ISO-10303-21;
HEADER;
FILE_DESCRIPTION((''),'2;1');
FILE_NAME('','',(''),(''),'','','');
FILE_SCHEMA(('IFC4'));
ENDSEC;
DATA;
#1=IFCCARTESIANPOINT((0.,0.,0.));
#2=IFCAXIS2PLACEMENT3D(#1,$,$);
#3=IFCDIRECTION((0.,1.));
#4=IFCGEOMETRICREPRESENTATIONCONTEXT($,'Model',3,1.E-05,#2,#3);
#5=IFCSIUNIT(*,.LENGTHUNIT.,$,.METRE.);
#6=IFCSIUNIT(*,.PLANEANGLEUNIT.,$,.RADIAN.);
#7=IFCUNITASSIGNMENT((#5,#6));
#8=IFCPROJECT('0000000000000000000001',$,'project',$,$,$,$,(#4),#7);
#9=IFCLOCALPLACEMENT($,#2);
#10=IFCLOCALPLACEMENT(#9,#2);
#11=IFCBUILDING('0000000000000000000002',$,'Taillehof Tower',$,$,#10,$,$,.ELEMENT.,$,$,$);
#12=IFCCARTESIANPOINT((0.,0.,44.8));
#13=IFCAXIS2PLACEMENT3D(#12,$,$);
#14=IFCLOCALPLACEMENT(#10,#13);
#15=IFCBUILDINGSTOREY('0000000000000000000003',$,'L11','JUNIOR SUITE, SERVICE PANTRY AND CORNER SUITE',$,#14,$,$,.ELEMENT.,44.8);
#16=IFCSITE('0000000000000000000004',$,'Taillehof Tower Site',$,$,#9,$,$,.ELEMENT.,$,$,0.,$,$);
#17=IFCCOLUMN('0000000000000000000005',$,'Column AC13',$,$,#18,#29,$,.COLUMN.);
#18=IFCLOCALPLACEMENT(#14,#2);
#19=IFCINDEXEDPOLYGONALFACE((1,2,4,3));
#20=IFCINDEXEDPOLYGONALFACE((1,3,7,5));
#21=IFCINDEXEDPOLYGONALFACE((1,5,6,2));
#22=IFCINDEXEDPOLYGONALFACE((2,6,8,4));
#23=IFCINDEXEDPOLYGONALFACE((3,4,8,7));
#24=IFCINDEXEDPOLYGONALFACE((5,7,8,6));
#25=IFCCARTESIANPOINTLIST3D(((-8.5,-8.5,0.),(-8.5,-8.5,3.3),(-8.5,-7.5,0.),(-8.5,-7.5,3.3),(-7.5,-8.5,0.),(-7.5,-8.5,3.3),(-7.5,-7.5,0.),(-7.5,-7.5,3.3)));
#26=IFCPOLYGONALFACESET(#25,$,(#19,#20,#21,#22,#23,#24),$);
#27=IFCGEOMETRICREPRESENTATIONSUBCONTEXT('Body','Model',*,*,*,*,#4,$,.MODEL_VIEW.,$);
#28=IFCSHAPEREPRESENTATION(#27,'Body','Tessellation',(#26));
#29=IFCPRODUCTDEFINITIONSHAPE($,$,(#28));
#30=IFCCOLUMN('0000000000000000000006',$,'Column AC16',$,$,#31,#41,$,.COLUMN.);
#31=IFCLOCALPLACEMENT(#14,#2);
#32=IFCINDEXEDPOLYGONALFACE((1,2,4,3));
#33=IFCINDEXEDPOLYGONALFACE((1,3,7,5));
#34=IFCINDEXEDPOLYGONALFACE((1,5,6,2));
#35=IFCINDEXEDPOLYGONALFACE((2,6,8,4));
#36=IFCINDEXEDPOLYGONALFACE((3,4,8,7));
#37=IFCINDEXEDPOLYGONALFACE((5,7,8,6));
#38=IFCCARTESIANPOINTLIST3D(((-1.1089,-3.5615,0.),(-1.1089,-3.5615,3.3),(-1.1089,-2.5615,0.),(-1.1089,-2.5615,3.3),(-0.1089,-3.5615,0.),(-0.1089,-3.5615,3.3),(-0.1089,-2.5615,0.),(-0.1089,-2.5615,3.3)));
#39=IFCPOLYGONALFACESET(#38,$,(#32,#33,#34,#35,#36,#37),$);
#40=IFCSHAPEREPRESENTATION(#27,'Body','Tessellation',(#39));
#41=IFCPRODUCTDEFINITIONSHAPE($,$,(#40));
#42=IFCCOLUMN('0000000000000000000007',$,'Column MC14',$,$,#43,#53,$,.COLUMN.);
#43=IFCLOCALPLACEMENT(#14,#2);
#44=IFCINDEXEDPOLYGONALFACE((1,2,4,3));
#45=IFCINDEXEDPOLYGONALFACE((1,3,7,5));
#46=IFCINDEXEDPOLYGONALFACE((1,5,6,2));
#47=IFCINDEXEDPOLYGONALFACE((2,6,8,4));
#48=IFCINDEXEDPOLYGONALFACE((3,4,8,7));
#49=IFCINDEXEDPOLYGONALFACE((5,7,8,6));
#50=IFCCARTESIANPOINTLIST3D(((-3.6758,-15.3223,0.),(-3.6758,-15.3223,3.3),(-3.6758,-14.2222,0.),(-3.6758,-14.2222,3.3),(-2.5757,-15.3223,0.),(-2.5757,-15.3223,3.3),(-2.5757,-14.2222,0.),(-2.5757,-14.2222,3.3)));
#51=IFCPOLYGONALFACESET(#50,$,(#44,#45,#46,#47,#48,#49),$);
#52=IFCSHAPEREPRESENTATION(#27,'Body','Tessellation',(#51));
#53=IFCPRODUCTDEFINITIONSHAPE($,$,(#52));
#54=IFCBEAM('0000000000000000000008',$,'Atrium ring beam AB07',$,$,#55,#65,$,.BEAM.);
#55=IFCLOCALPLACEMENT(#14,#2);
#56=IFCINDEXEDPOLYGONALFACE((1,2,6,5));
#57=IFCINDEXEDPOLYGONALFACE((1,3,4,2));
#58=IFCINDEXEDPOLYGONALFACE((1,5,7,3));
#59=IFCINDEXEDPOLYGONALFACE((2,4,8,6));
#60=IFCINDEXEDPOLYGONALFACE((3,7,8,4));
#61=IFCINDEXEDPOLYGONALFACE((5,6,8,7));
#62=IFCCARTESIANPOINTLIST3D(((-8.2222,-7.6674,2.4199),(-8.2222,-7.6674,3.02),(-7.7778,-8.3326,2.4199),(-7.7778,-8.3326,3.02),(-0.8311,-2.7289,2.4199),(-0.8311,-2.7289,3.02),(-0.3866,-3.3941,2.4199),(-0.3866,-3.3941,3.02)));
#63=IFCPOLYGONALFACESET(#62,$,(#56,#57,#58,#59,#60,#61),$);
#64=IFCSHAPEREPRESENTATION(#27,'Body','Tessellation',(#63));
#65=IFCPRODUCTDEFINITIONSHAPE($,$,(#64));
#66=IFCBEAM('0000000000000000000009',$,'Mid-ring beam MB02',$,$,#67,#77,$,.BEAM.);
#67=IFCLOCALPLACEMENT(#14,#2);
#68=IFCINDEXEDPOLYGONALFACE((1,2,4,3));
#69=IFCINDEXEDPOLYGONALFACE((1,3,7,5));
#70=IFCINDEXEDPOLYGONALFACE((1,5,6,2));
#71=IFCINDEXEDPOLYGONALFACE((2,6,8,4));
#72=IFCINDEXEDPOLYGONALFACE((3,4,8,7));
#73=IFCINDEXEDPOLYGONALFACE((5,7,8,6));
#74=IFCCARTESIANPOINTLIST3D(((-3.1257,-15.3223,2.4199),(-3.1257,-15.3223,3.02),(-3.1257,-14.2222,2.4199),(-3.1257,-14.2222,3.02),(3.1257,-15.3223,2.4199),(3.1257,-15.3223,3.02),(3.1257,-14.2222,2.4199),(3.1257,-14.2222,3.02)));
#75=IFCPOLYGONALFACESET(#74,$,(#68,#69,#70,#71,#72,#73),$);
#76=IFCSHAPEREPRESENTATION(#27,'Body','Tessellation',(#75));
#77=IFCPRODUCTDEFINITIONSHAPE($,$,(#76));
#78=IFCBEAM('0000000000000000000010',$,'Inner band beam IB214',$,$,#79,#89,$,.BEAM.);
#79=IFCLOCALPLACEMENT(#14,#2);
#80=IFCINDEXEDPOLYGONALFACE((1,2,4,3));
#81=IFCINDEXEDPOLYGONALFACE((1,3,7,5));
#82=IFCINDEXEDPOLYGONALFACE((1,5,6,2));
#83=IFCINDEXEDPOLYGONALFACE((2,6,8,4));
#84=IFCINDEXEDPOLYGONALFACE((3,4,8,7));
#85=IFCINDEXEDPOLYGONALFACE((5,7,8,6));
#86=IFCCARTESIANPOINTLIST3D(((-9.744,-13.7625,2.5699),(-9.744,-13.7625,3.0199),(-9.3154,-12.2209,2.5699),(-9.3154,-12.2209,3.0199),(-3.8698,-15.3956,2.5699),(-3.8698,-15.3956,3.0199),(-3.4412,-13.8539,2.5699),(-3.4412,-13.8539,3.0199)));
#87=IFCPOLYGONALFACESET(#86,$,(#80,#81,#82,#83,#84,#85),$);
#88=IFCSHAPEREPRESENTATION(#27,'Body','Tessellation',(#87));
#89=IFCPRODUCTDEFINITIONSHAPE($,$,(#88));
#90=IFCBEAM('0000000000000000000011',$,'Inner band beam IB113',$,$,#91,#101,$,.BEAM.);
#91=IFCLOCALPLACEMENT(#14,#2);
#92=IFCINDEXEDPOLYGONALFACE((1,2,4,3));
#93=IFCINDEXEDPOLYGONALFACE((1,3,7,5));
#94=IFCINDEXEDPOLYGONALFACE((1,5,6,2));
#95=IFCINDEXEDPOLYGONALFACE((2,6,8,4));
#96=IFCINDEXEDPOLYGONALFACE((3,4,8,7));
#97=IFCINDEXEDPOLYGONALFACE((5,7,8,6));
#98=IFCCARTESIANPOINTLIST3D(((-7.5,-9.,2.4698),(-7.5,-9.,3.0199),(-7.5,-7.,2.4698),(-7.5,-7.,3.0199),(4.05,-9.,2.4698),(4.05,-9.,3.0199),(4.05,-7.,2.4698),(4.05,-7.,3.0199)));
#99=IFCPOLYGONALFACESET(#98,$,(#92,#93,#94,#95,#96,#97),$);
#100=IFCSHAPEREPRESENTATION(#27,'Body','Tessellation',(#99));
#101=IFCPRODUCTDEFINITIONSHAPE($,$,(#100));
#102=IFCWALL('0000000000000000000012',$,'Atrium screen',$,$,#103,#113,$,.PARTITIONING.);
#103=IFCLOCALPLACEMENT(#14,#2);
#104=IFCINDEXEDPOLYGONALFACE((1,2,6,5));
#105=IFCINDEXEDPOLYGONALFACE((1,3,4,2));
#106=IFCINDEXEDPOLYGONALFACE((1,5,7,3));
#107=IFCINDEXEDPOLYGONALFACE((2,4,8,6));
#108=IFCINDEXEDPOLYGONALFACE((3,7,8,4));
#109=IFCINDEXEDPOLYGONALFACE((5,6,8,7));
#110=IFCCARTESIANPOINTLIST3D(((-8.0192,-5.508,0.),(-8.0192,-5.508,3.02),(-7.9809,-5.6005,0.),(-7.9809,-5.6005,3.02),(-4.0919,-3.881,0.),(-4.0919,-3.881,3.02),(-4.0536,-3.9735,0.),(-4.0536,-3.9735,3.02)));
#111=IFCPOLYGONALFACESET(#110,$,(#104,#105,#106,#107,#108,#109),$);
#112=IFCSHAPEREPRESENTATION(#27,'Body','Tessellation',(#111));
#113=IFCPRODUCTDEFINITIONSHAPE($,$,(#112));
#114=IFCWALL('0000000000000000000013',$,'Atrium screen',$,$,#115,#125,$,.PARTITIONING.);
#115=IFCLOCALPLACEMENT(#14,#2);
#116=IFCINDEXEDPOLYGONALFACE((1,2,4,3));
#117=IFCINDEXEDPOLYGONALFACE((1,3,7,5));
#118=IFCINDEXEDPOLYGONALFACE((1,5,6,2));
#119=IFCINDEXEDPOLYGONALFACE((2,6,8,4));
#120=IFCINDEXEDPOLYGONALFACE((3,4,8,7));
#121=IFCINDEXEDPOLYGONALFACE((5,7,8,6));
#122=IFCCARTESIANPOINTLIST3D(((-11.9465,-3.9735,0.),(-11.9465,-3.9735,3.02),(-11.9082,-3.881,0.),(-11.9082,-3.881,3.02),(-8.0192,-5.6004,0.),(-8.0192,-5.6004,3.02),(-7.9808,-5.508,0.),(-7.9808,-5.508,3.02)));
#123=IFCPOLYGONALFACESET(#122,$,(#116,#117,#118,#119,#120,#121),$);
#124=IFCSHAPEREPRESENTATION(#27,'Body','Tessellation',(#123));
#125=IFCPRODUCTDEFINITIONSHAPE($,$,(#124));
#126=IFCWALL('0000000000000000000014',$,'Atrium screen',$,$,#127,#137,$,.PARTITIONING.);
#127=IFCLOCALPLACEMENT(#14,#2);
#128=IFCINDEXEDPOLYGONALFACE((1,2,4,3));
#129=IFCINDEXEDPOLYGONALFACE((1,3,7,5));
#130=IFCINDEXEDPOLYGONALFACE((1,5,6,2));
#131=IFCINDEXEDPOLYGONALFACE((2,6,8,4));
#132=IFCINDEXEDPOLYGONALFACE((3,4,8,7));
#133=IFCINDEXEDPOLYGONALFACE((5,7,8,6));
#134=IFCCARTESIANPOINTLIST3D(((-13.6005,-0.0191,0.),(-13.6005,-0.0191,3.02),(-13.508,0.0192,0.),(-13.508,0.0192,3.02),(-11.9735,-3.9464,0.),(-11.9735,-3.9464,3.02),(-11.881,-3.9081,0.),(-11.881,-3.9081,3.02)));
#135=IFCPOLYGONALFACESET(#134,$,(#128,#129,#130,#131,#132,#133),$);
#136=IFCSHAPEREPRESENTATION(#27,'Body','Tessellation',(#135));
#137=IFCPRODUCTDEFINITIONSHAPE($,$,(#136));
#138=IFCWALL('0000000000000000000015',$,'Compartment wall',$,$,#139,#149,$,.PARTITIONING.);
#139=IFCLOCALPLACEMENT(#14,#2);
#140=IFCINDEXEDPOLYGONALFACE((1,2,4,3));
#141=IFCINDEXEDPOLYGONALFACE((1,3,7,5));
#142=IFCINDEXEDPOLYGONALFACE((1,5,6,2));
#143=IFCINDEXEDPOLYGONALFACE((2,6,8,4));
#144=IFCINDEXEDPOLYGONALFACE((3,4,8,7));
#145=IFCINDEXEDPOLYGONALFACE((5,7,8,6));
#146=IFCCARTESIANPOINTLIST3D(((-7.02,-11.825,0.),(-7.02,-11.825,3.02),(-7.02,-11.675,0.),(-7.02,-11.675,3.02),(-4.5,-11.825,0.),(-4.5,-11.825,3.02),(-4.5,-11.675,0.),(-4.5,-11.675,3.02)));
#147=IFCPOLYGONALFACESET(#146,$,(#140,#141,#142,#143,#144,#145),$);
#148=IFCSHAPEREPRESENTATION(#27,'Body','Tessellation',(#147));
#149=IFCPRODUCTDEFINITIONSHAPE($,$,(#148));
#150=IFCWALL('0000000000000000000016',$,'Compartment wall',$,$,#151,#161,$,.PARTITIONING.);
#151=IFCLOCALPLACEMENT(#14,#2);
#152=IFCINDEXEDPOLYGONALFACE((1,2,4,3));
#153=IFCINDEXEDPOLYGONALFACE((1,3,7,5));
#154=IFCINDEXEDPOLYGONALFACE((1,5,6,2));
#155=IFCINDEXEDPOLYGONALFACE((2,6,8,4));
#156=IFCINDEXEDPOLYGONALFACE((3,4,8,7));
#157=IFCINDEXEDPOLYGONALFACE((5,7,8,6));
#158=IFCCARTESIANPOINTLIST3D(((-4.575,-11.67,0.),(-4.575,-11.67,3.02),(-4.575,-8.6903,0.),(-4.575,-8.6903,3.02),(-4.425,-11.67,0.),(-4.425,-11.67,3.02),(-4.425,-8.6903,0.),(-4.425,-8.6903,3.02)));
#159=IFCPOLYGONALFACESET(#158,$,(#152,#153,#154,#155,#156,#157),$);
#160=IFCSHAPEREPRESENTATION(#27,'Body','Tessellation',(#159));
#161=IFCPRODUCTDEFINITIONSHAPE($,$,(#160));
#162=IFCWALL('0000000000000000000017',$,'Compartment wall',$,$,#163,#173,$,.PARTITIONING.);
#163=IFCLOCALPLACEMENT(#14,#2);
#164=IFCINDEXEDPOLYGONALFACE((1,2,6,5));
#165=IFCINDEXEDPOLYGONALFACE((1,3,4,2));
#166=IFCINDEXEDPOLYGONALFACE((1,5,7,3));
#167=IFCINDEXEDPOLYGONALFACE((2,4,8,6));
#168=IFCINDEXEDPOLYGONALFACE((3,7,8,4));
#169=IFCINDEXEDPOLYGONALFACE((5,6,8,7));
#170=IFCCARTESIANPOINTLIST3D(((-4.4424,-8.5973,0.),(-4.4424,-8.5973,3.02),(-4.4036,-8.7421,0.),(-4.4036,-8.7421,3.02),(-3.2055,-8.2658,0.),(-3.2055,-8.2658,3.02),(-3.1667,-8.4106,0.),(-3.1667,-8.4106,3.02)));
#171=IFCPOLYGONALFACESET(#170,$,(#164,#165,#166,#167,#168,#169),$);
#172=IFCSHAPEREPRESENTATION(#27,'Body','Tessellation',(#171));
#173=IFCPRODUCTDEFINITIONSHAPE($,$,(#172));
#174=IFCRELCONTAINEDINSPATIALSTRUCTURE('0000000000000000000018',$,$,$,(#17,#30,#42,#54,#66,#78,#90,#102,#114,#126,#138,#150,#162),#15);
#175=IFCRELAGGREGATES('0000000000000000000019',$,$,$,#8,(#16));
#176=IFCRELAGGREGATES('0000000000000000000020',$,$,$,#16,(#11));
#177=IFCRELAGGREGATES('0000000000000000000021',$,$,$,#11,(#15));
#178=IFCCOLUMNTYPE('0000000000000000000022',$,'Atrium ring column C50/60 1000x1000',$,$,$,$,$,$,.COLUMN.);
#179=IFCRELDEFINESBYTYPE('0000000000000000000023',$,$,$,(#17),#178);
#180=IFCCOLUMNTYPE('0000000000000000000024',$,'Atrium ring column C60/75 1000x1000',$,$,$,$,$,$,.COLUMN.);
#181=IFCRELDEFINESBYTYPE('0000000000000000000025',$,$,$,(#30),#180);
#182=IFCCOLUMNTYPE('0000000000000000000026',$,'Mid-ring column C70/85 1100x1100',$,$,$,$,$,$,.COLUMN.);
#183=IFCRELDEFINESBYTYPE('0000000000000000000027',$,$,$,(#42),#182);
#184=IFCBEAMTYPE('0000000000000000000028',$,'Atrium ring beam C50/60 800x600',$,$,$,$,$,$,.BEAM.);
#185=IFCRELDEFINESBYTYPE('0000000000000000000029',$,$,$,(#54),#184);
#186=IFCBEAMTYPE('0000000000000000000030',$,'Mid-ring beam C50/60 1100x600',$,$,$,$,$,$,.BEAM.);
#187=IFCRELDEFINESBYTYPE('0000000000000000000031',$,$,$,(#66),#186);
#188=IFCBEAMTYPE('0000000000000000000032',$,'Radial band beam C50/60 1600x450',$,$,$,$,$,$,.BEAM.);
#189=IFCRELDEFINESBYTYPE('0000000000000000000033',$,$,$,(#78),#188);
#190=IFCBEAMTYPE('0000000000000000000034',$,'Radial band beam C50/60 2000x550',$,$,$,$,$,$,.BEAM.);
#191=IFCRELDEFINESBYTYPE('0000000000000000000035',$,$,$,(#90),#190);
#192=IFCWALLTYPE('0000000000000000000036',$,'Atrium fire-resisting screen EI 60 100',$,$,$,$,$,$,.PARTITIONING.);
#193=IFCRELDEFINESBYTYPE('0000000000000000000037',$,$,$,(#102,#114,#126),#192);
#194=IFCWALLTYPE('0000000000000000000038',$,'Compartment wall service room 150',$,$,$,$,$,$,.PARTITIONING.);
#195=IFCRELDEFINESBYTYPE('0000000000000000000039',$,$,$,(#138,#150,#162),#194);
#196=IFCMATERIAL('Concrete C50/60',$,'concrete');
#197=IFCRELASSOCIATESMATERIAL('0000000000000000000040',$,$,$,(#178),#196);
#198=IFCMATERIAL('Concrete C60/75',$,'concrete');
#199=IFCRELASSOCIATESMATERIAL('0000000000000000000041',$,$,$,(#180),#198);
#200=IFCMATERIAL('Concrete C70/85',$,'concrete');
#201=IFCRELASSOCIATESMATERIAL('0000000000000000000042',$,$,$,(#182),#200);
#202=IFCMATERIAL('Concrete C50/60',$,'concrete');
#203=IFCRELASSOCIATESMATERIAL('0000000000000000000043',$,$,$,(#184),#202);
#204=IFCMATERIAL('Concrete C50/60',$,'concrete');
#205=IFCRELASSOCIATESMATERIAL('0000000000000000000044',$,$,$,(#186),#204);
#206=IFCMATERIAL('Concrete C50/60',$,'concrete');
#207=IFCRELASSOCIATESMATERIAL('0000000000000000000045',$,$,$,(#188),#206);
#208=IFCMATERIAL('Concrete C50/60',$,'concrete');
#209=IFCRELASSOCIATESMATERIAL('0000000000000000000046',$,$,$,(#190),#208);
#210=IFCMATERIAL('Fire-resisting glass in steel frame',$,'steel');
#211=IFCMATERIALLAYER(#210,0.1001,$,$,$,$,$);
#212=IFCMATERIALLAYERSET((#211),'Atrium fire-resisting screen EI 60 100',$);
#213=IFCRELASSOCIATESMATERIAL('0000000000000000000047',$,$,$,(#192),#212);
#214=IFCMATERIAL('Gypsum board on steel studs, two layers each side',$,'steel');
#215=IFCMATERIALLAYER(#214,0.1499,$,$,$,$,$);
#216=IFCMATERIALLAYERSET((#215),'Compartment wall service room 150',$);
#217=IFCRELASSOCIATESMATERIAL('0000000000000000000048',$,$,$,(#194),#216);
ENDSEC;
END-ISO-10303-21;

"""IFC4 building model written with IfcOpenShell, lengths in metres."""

from ifc_helpers import new_model, si_unit, direction, frame, frame_2d, origin, origin_2d, place, context, subcontext, project, spatial, rectangle, extrude, material, layer, layer_set, material_profile, profile_set, type_object, element, save


model = new_model("IFC4")

# Units and contexts
model_context = context("Model", 3, precision=1e-05, world=origin(), true_north=direction((0.0, 1.0)))
body_context = subcontext(model_context, "Body", "Model", "MODEL_VIEW")
ifc_project = project(units=[si_unit("LENGTHUNIT", "METRE"), si_unit("PLANEANGLEUNIT", "RADIAN")], contexts=[model_context])

# Site, building, storey
site_placement = place(None, origin())
site = spatial("IfcSite", under=ifc_project, at=site_placement, Name="Taillehof Tower Site", CompositionType="ELEMENT", RefElevation=0.0)
building_placement = place(site_placement, origin())
building = spatial("IfcBuilding", under=site, at=building_placement, Name="Taillehof Tower", CompositionType="ELEMENT")
storey_placement = place(building_placement, frame((0.0, 0.0, 44.8)))
storey = spatial("IfcBuildingStorey", under=building, at=storey_placement, Name="L11", Description="JUNIOR SUITE, SERVICE PANTRY AND CORNER SUITE", CompositionType="ELEMENT", Elevation=44.8)

# Columns
ifc_material_1 = material(Name="Concrete C50/60", Category="concrete")
ifc_material_profile_1 = material_profile(ifc_material_1, rectangle(XDim=1.0, YDim=1.0, at=origin_2d()), Name="RC 1000x1000")
ifc_profile_set_1 = profile_set([ifc_material_profile_1], Name="Concrete C50/60")
column_type_1 = type_object("IfcColumnType", Name="Atrium ring column C50/60 1000x1000", PredefinedType="COLUMN", material=ifc_profile_set_1)
column_1_placement = place(storey_placement, frame((-8.0, -8.0, 0.0), z_axis=(0.0, 0.0, 1.0), x_axis=(1.0, 0.0, 0.0)))
element("IfcColumn", 1, at=column_1_placement, inside=storey, type_object=column_type_1, Name="Column AC13", PredefinedType="COLUMN", context=body_context, shape_type="SweptSolid", body=[
    extrude(rectangle(XDim=1.0, YDim=1.0, at=origin_2d()), origin(), (0.0, 0.0, 1.0), 3.3),
])
ifc_material_2 = material(Name="Concrete C60/75", Category="concrete")
ifc_material_profile_2 = material_profile(ifc_material_2, rectangle(XDim=1.0, YDim=1.0, at=origin_2d()), Name="RC 1000x1000")
ifc_profile_set_2 = profile_set([ifc_material_profile_2], Name="Concrete C60/75")
column_type_2 = type_object("IfcColumnType", Name="Atrium ring column C60/75 1000x1000", PredefinedType="COLUMN", material=ifc_profile_set_2)
column_2_placement = place(storey_placement, frame((-0.6089, -3.0615, 0.0), z_axis=(0.0, 0.0, 1.0), x_axis=(1.0, 0.0, 0.0)))
element("IfcColumn", 2, at=column_2_placement, inside=storey, type_object=column_type_2, Name="Column AC16", PredefinedType="COLUMN", context=body_context, shape_type="SweptSolid", body=[
    extrude(rectangle(XDim=1.0, YDim=1.0, at=origin_2d()), origin(), (0.0, 0.0, 1.0), 3.3),
])
ifc_material_3 = material(Name="Concrete C70/85", Category="concrete")
ifc_material_profile_3 = material_profile(ifc_material_3, rectangle(XDim=1.1001, YDim=1.1001, at=origin_2d()), Name="RC 1100x1100")
ifc_profile_set_3 = profile_set([ifc_material_profile_3], Name="Concrete C70/85")
column_type_3 = type_object("IfcColumnType", Name="Mid-ring column C70/85 1100x1100", PredefinedType="COLUMN", material=ifc_profile_set_3)
column_3_placement = place(storey_placement, frame((-3.1257, -14.7722, 0.0), z_axis=(0.0, 0.0, 1.0), x_axis=(1.0, 0.0, 0.0)))
element("IfcColumn", 3, at=column_3_placement, inside=storey, type_object=column_type_3, Name="Column MC14", PredefinedType="COLUMN", context=body_context, shape_type="SweptSolid", body=[
    extrude(rectangle(XDim=1.1001, YDim=1.1001, at=origin_2d()), origin(), (0.0, 0.0, 1.0), 3.3),
])

# Beams
ifc_material_4 = material(Name="Concrete C50/60", Category="concrete")
ifc_material_profile_4 = material_profile(ifc_material_4, rectangle(XDim=0.8, YDim=0.6001, at=origin_2d()), Name="RC 800x600")
ifc_profile_set_4 = profile_set([ifc_material_profile_4], Name="Concrete C50/60")
beam_type_1 = type_object("IfcBeamType", Name="Atrium ring beam C50/60 800x600", PredefinedType="BEAM", material=ifc_profile_set_4)
beam_1_placement = place(storey_placement, frame((-8.0, -8.0, 2.72), z_axis=(0.831475, 0.555562, 0.0), x_axis=(-0.555562, 0.831475, 0.0)))
element("IfcBeam", 4, at=beam_1_placement, inside=storey, type_object=beam_type_1, Name="Atrium ring beam AB07", PredefinedType="BEAM", context=body_context, shape_type="SweptSolid", body=[
    extrude(rectangle(XDim=0.8, YDim=0.6001, at=origin_2d()), origin(), (0.0, 0.0, 1.0), 8.8892),
])
ifc_material_5 = material(Name="Concrete C50/60", Category="concrete")
ifc_material_profile_5 = material_profile(ifc_material_5, rectangle(XDim=1.1001, YDim=0.6001, at=origin_2d()), Name="RC 1100x600")
ifc_profile_set_5 = profile_set([ifc_material_profile_5], Name="Concrete C50/60")
beam_type_2 = type_object("IfcBeamType", Name="Mid-ring beam C50/60 1100x600", PredefinedType="BEAM", material=ifc_profile_set_5)
beam_2_placement = place(storey_placement, frame((-3.1257, -14.7722, 2.72), z_axis=(1.0, 0.0, 0.0), x_axis=(0.0, 1.0, 0.0)))
element("IfcBeam", 5, at=beam_2_placement, inside=storey, type_object=beam_type_2, Name="Mid-ring beam MB02", PredefinedType="BEAM", context=body_context, shape_type="SweptSolid", body=[
    extrude(rectangle(XDim=1.1001, YDim=0.6001, at=origin_2d()), origin(), (0.0, 0.0, 1.0), 6.2515),
])
ifc_material_6 = material(Name="Concrete C50/60", Category="concrete")
ifc_material_profile_6 = material_profile(ifc_material_6, rectangle(XDim=1.6001, YDim=0.45, at=origin_2d()), Name="RC 1600x450")
ifc_profile_set_6 = profile_set([ifc_material_profile_6], Name="Concrete C50/60")
beam_type_3 = type_object("IfcBeamType", Name="Radial band beam C50/60 1600x450", PredefinedType="BEAM", material=ifc_profile_set_6)
beam_3_placement = place(storey_placement, frame((-3.6555, -14.6248, 2.7949), z_axis=(-0.963459, 0.267855, 0.0), x_axis=(-0.267855, -0.963459, 0.0)))
element("IfcBeam", 6, at=beam_3_placement, inside=storey, type_object=beam_type_3, Name="Inner band beam IB214", PredefinedType="BEAM", context=body_context, shape_type="SweptSolid", body=[
    extrude(rectangle(XDim=1.6001, YDim=0.45, at=origin_2d()), origin(), (0.0, 0.0, 1.0), 6.0969),
])
ifc_material_7 = material(Name="Concrete C50/60", Category="concrete")
ifc_material_profile_7 = material_profile(ifc_material_7, rectangle(XDim=2.0, YDim=0.55, at=origin_2d()), Name="RC 2000x550")
ifc_profile_set_7 = profile_set([ifc_material_profile_7], Name="Concrete C50/60")
beam_type_4 = type_object("IfcBeamType", Name="Radial band beam C50/60 2000x550", PredefinedType="BEAM", material=ifc_profile_set_7)
beam_4_placement = place(storey_placement, frame((-7.5, -8.0, 2.7449), z_axis=(1.0, 0.0, 0.0), x_axis=(0.0, 1.0, 0.0)))
element("IfcBeam", 7, at=beam_4_placement, inside=storey, type_object=beam_type_4, Name="Inner band beam IB113", PredefinedType="BEAM", context=body_context, shape_type="SweptSolid", body=[
    extrude(rectangle(XDim=2.0, YDim=0.55, at=origin_2d()), origin(), (0.0, 0.0, 1.0), 11.55),
])

# Walls
ifc_material_8 = material(Name="Fire-resisting glass in steel frame", Category="steel")
ifc_layer_1 = layer(ifc_material_8, 0.1001)
ifc_layer_set_1 = layer_set([ifc_layer_1], Name="Atrium fire-resisting screen EI 60 100")
wall_type_1 = type_object("IfcWallType", Name="Atrium fire-resisting screen EI 60 100", PredefinedType="PARTITIONING", material=ifc_layer_set_1)
for number, where, z_axis, x_axis, name in (
    (8, (-4.0728, -3.9272, 0.0), (0.0, 0.0, 1.0), (-0.92386, -0.382731, 0.0), "Atrium screen"),
    (9, (-8.0, -5.5542, 0.0), (0.0, 0.0, 1.0), (-0.92386, 0.382731, 0.0), "Atrium screen"),
    (10, (-11.9272, -3.9272, 0.0), (0.0, 0.0, 1.0), (-0.382731, 0.92386, 0.0), "Atrium screen"),
):
    element("IfcWall", number, at=place(storey_placement, frame(where, z_axis=z_axis, x_axis=x_axis)), inside=storey, type_object=wall_type_1, Name=name, PredefinedType="PARTITIONING", context=body_context, shape_type="SweptSolid", body=[
        extrude(rectangle(XDim=4.251, YDim=0.1001, at=frame_2d((2.1255, 0.0))), origin(), (0.0, 0.0, 1.0), 3.02),
    ])
ifc_material_9 = material(Name="Gypsum board on steel studs, two layers each side", Category="steel")
ifc_layer_2 = layer(ifc_material_9, 0.1499)
ifc_layer_set_2 = layer_set([ifc_layer_2], Name="Compartment wall service room 150")
wall_type_2 = type_object("IfcWallType", Name="Compartment wall service room 150", PredefinedType="PARTITIONING", material=ifc_layer_set_2)
wall_1_placement = place(storey_placement, frame((-7.02, -11.75, 0.0), z_axis=(0.0, 0.0, 1.0), x_axis=(1.0, 0.0, 0.0)))
element("IfcWall", 11, at=wall_1_placement, inside=storey, type_object=wall_type_2, Name="Compartment wall", PredefinedType="PARTITIONING", context=body_context, shape_type="SweptSolid", body=[
    extrude(rectangle(XDim=2.52, YDim=0.1499, at=frame_2d((1.26, 0.0))), origin(), (0.0, 0.0, 1.0), 3.02),
])
wall_2_placement = place(storey_placement, frame((-4.5, -11.6699, 0.0), z_axis=(0.0, 0.0, 1.0), x_axis=(0.0, 1.0, 0.0)))
element("IfcWall", 12, at=wall_2_placement, inside=storey, type_object=wall_type_2, Name="Compartment wall", PredefinedType="PARTITIONING", context=body_context, shape_type="SweptSolid", body=[
    extrude(rectangle(XDim=2.9797, YDim=0.1499, at=frame_2d((1.4897, 0.0))), origin(), (0.0, 0.0, 1.0), 3.02),
])
wall_3_placement = place(storey_placement, frame((-4.4229, -8.6697, 0.0), z_axis=(0.0, 0.0, 1.0), x_axis=(0.965899, 0.25892, 0.0)))
element("IfcWall", 13, at=wall_3_placement, inside=storey, type_object=wall_type_2, Name="Compartment wall", PredefinedType="PARTITIONING", context=body_context, shape_type="SweptSolid", body=[
    extrude(rectangle(XDim=1.2805, YDim=0.1499, at=frame_2d((0.6401, 0.0))), origin(), (0.0, 0.0, 1.0), 3.02),
])

save(model, "model.ifc")
